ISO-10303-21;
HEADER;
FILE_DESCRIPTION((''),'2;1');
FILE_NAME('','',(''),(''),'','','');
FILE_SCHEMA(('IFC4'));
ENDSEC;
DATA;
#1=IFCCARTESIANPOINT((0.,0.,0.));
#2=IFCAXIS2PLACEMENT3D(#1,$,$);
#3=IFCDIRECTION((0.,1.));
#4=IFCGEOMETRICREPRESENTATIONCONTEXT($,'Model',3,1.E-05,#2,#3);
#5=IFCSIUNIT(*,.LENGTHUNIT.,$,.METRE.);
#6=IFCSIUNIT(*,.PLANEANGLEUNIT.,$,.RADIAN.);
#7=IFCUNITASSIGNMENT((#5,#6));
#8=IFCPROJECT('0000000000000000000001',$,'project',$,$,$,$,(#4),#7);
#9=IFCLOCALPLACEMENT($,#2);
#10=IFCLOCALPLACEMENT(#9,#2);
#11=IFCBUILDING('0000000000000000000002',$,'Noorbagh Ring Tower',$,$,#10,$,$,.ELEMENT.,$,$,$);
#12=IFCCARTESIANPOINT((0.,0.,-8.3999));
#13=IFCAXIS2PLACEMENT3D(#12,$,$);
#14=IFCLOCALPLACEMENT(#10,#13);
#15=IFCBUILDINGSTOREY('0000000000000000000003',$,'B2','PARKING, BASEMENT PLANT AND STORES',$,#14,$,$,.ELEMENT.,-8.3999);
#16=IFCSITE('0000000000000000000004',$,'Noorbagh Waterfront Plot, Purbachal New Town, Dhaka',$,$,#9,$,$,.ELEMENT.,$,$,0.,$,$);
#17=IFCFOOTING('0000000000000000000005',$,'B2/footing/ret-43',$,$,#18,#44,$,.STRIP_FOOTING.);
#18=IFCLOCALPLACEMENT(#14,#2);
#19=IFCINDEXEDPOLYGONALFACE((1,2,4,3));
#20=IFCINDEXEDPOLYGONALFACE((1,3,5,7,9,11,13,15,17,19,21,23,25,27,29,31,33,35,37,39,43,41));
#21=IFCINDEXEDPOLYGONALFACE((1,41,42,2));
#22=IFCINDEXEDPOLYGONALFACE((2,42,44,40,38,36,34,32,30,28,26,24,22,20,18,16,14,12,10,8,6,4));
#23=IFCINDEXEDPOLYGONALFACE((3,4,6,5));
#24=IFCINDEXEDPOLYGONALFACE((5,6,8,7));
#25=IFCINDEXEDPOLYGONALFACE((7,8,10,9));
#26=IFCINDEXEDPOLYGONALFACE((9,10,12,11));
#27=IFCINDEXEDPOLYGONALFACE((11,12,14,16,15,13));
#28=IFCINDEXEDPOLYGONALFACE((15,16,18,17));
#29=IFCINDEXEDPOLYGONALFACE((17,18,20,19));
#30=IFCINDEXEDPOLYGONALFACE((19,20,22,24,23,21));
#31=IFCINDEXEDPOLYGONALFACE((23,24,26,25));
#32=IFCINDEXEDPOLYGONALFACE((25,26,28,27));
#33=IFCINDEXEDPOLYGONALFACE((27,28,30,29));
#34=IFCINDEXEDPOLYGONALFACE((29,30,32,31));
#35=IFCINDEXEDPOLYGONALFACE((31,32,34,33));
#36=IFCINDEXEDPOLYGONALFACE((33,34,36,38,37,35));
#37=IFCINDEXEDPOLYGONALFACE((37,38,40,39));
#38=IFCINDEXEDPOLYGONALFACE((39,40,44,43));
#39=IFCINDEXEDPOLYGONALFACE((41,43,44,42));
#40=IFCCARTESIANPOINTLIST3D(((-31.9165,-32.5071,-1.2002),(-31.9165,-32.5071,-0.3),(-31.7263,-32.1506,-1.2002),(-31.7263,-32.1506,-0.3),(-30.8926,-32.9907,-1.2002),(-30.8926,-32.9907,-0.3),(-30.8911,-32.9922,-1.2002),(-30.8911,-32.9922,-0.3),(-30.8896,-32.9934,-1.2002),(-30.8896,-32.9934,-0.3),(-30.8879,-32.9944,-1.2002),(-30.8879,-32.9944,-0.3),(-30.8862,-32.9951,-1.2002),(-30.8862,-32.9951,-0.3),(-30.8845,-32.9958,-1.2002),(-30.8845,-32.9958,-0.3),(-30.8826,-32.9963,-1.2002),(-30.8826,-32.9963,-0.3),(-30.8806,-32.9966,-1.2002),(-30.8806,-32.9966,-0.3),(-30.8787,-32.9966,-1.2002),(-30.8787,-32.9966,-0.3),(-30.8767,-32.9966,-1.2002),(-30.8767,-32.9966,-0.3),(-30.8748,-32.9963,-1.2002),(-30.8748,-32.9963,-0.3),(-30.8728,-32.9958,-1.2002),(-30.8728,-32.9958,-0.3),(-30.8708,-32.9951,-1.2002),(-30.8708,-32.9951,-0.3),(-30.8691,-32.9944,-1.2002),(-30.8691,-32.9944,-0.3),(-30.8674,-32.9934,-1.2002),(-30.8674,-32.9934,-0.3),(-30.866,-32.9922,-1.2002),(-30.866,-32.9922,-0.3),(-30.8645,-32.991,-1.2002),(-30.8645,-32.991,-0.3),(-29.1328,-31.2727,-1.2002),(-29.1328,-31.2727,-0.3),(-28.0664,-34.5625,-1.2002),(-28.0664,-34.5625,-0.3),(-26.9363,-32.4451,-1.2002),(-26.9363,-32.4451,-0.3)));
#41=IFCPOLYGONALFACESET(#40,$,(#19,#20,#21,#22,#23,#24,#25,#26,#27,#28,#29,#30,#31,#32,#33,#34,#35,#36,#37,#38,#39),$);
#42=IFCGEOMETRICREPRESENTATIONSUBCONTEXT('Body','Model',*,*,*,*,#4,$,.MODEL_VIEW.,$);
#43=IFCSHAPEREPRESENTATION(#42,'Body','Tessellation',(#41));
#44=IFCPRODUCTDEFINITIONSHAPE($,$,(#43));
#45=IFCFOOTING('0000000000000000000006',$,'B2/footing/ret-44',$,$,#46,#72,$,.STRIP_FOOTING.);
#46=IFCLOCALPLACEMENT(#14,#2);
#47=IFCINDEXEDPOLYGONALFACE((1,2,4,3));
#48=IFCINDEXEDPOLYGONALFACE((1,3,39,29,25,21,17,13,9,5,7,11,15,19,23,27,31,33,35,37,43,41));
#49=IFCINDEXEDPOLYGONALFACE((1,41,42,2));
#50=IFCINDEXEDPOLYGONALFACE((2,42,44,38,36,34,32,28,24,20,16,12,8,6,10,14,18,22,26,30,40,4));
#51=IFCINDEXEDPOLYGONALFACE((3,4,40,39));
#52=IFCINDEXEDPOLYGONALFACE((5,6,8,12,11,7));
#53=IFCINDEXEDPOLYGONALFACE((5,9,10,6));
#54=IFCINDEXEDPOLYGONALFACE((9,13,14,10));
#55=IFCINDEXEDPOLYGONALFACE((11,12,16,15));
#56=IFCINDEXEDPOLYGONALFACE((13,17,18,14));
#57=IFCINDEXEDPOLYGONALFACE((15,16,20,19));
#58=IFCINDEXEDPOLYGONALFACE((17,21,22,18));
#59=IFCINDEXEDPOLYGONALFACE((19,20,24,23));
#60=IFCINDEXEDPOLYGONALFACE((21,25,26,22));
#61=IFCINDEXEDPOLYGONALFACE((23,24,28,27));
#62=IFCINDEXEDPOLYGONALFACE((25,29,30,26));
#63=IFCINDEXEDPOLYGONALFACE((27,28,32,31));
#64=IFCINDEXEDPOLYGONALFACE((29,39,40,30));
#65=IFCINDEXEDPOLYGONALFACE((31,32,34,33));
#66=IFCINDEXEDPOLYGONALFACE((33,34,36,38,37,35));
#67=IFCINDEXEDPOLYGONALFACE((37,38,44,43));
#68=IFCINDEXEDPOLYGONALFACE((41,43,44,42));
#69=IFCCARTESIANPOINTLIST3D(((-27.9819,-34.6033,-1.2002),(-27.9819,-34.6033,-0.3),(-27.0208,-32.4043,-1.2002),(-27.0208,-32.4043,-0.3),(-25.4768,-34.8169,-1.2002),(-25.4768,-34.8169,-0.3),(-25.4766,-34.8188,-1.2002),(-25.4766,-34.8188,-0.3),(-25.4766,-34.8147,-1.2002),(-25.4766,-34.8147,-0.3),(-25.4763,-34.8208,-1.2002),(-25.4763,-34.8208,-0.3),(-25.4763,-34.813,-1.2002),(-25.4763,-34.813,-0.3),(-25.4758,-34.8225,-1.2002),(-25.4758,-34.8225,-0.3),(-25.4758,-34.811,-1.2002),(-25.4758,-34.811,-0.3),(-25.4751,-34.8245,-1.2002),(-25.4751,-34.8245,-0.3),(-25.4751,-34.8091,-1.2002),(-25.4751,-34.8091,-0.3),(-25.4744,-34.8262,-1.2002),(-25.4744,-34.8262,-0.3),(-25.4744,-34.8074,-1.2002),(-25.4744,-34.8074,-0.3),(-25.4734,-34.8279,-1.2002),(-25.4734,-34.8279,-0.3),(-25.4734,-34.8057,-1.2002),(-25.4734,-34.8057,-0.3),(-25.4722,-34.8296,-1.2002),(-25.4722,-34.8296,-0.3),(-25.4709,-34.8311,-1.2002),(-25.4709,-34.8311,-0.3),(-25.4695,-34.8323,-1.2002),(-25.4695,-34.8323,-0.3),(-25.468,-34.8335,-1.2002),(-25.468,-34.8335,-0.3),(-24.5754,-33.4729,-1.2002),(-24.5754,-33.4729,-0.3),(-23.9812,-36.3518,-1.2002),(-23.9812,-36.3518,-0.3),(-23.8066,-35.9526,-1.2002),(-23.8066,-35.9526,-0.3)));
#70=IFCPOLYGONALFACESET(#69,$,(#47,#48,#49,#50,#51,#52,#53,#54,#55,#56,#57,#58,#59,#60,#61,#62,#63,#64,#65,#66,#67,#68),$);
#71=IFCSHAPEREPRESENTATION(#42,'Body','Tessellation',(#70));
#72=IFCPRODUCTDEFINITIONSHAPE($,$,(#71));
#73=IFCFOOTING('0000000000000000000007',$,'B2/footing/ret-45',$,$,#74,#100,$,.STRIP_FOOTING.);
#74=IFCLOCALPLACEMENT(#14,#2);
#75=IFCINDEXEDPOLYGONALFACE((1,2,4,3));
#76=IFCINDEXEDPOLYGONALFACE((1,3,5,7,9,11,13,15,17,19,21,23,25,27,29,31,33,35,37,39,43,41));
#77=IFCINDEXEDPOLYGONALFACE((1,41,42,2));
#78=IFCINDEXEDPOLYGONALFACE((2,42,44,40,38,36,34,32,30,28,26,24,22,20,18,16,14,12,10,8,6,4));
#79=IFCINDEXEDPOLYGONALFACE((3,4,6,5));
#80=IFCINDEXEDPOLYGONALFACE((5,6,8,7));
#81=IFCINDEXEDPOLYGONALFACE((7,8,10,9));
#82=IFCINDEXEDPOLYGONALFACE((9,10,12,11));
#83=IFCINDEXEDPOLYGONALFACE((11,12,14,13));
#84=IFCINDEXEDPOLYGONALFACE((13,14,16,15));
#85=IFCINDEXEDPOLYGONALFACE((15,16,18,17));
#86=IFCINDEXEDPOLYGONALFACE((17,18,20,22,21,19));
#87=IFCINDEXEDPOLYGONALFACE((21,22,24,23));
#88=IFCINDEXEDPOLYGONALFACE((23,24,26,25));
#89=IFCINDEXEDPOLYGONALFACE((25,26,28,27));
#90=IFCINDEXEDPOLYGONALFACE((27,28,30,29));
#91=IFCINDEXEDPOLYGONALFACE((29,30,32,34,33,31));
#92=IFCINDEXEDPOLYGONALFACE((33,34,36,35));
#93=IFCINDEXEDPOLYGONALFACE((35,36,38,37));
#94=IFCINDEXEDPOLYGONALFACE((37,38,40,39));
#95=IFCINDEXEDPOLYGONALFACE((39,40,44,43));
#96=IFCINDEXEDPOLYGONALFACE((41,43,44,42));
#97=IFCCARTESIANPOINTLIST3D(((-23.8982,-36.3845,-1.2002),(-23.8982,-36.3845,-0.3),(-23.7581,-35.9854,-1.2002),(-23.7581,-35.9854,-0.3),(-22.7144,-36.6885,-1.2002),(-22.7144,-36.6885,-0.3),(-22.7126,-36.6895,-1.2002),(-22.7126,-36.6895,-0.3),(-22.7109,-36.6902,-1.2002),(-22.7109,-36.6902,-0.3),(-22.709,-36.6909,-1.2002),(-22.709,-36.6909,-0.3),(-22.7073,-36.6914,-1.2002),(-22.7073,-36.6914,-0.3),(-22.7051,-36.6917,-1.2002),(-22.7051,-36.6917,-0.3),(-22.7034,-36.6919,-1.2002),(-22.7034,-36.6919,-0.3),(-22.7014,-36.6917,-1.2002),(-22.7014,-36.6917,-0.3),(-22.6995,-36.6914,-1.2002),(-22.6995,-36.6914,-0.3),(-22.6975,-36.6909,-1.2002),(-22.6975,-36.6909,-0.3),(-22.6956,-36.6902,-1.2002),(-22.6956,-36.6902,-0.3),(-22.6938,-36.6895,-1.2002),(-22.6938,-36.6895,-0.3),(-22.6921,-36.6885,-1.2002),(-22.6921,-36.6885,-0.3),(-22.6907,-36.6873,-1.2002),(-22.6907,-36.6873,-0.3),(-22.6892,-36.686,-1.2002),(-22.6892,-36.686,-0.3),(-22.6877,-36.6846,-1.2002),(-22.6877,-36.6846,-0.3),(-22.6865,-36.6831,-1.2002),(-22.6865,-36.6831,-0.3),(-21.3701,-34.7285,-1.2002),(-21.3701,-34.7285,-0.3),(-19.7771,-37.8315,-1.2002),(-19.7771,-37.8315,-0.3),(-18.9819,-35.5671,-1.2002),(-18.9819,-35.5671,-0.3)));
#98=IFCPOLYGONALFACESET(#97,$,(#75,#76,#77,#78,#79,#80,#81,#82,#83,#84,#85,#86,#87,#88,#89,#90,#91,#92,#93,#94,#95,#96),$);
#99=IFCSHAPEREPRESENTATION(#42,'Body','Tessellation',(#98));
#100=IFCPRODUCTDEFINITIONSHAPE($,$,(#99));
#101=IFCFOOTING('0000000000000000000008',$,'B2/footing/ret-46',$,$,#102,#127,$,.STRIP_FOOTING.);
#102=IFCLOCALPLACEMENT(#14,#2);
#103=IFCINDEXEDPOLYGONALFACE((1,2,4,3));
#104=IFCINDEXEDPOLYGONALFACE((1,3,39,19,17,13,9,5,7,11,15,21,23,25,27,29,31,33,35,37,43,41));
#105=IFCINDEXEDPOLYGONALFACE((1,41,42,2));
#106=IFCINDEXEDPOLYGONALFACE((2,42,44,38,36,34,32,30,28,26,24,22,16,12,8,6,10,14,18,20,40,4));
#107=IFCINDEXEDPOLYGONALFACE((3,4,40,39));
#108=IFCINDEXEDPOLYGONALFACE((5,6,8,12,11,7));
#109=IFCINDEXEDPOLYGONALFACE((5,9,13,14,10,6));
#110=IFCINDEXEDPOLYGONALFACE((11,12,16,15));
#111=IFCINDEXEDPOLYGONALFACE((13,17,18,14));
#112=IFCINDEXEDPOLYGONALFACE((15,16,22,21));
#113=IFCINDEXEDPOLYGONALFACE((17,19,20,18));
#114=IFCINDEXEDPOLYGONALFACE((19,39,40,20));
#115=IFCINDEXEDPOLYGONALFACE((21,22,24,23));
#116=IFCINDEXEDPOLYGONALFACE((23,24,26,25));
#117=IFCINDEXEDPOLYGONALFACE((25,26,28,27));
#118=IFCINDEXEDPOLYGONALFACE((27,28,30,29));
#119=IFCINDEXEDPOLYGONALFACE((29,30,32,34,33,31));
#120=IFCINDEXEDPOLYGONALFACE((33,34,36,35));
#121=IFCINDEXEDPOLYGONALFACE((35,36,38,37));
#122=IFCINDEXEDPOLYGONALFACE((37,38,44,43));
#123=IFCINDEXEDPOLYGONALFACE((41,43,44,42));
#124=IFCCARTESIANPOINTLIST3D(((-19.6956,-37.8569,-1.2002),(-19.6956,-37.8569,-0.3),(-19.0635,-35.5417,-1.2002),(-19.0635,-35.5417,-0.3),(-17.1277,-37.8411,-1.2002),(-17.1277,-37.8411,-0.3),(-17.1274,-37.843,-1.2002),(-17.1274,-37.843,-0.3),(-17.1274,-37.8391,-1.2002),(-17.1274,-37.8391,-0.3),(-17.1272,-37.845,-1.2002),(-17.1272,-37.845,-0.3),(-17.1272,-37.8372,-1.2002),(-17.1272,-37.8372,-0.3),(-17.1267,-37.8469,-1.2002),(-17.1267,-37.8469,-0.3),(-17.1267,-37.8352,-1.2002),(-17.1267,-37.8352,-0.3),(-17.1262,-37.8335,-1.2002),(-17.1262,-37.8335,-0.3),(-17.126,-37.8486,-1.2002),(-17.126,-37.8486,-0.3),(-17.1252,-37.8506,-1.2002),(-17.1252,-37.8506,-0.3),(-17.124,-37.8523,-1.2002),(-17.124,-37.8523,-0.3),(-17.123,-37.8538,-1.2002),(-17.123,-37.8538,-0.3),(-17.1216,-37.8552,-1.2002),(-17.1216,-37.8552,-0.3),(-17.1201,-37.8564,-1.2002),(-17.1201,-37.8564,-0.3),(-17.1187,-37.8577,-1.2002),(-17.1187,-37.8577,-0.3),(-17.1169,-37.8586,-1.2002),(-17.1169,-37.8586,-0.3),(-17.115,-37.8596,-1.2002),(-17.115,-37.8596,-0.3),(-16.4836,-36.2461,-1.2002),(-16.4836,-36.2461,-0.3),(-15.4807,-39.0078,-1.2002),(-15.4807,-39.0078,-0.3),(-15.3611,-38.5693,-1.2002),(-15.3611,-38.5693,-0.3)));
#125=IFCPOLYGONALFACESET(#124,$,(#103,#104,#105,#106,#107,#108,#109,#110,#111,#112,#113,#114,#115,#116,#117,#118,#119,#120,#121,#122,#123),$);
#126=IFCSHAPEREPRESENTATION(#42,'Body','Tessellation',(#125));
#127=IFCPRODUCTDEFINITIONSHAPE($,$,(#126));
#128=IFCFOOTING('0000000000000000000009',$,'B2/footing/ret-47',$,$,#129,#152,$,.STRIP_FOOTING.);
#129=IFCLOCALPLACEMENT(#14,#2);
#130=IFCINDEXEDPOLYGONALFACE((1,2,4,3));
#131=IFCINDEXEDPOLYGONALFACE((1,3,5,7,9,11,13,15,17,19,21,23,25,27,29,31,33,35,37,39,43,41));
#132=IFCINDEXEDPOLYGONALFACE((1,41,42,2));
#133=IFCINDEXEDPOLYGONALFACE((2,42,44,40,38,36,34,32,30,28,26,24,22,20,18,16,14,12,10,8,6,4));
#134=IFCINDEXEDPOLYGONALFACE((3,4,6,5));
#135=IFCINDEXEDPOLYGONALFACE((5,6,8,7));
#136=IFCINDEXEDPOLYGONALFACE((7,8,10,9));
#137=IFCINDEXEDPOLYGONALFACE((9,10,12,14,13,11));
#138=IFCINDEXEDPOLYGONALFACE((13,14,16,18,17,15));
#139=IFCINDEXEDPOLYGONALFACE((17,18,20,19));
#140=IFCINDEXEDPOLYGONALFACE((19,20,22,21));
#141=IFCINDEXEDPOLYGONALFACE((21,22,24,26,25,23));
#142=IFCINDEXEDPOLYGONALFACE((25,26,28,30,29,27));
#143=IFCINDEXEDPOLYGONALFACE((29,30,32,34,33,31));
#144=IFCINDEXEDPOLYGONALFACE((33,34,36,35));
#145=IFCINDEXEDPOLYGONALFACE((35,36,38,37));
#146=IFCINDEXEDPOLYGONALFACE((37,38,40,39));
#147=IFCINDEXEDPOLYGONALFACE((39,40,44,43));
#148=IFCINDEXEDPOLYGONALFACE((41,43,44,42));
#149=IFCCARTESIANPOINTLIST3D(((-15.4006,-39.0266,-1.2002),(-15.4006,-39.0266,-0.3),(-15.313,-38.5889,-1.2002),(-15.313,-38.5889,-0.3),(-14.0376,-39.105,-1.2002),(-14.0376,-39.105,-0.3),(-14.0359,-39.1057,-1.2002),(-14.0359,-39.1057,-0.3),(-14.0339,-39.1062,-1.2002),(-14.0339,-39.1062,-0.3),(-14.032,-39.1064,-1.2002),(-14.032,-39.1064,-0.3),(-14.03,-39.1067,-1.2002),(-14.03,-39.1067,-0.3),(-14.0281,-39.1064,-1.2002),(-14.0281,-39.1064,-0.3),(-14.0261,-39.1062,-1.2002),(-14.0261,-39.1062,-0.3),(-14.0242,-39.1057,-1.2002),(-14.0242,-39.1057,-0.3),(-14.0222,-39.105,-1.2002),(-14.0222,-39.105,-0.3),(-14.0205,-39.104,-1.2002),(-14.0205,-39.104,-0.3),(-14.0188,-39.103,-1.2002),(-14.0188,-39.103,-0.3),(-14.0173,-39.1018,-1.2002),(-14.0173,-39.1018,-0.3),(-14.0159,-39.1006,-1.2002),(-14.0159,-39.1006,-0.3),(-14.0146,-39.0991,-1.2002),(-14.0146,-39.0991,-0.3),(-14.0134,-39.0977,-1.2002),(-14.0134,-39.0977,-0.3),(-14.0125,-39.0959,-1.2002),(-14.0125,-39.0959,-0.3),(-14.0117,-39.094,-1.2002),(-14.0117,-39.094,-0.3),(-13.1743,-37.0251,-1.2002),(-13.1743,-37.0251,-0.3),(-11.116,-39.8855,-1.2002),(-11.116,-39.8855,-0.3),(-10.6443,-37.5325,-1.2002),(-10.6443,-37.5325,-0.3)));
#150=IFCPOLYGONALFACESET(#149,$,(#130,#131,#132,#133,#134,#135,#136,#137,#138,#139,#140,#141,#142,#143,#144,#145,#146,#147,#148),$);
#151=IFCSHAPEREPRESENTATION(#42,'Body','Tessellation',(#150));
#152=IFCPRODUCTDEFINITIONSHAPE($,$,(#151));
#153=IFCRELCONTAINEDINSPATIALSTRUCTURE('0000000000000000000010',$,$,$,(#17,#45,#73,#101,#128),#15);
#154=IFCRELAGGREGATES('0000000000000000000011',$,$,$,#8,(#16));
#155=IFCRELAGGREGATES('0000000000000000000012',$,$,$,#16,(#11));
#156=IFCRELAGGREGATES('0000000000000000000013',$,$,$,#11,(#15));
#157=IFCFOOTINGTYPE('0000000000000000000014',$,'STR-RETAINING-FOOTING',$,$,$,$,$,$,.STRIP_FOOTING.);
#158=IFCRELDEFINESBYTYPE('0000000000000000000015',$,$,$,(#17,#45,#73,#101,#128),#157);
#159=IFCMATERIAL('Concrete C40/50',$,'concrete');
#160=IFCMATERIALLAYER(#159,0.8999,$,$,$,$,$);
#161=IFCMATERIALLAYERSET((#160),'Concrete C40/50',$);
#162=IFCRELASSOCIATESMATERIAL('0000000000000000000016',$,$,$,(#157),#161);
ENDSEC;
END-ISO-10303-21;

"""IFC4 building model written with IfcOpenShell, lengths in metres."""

from ifc_helpers import new_model, si_unit, direction, frame, origin, place, context, subcontext, project, spatial, polyline, outline, extrude, material, layer, layer_set, type_object, element, save


model = new_model("IFC4")

# Units and contexts
model_context = context("Model", 3, precision=1e-05, world=origin(), true_north=direction((0.0, 1.0)))
body_context = subcontext(model_context, "Body", "Model", "MODEL_VIEW")
ifc_project = project(units=[si_unit("LENGTHUNIT", "METRE"), si_unit("PLANEANGLEUNIT", "RADIAN")], contexts=[model_context])

# Site, building, storey
site_placement = place(None, origin())
site = spatial("IfcSite", under=ifc_project, at=site_placement, Name="Noorbagh Waterfront Plot, Purbachal New Town, Dhaka", CompositionType="ELEMENT", RefElevation=0.0)
building_placement = place(site_placement, origin())
building = spatial("IfcBuilding", under=site, at=building_placement, Name="Noorbagh Ring Tower", CompositionType="ELEMENT")
storey_placement = place(building_placement, frame((0.0, 0.0, -8.3999)))
storey = spatial("IfcBuildingStorey", under=building, at=storey_placement, Name="B2", Description="PARKING, BASEMENT PLANT AND STORES", CompositionType="ELEMENT", Elevation=-8.3999)

# Footings
ifc_material_1 = material(Name="Concrete C40/50", Category="concrete")
ifc_layer_1 = layer(ifc_material_1, 0.8999)
ifc_layer_set_1 = layer_set([ifc_layer_1], Name="Concrete C40/50")
footing_type = type_object("IfcFootingType", Name="STR-RETAINING-FOOTING", PredefinedType="STRIP_FOOTING", material=ifc_layer_set_1)
footing_1_placement = place(storey_placement, frame((0.0, 0.0, -1.2002)))
element("IfcFooting", 1, at=footing_1_placement, inside=storey, type_object=footing_type, Name="B2/footing/ret-43", PredefinedType="STRIP_FOOTING", context=body_context, shape_type="SweptSolid", body=[
    extrude(outline(polyline([(-28.0664, -34.5625), (-31.9165, -32.5071), (-31.7263, -32.1506), (-30.8926, -32.9907), (-30.8911, -32.9922), (-30.8896, -32.9934), (-30.8879, -32.9944), (-30.8862, -32.9951), (-30.8845, -32.9958), (-30.8826, -32.9963), (-30.8806, -32.9966), (-30.8787, -32.9966), (-30.8767, -32.9966), (-30.8748, -32.9963), (-30.8728, -32.9958), (-30.8708, -32.9951), (-30.8691, -32.9944), (-30.8674, -32.9934), (-30.866, -32.9922), (-30.8645, -32.991), (-29.1328, -31.2727), (-26.9363, -32.4451), (-28.0664, -34.5625)])), origin(), (0.0, 0.0, 1.0), 0.9001),
])
footing_2_placement = place(storey_placement, frame((0.0, 0.0, -1.2002)))
element("IfcFooting", 2, at=footing_2_placement, inside=storey, type_object=footing_type, Name="B2/footing/ret-44", PredefinedType="STRIP_FOOTING", context=body_context, shape_type="SweptSolid", body=[
    extrude(outline(polyline([(-23.9812, -36.3518), (-27.9819, -34.6033), (-27.0208, -32.4043), (-24.5754, -33.4729), (-25.4734, -34.8057), (-25.4744, -34.8074), (-25.4751, -34.8091), (-25.4758, -34.811), (-25.4763, -34.813), (-25.4766, -34.8147), (-25.4768, -34.8169), (-25.4766, -34.8188), (-25.4763, -34.8208), (-25.4758, -34.8225), (-25.4751, -34.8245), (-25.4744, -34.8262), (-25.4734, -34.8279), (-25.4722, -34.8296), (-25.4709, -34.8311), (-25.4695, -34.8323), (-25.468, -34.8335), (-23.8066, -35.9526), (-23.9812, -36.3518)])), origin(), (0.0, 0.0, 1.0), 0.9001),
])
footing_3_placement = place(storey_placement, frame((0.0, 0.0, -1.2002)))
element("IfcFooting", 3, at=footing_3_placement, inside=storey, type_object=footing_type, Name="B2/footing/ret-45", PredefinedType="STRIP_FOOTING", context=body_context, shape_type="SweptSolid", body=[
    extrude(outline(polyline([(-19.7771, -37.8315), (-23.8982, -36.3845), (-23.7581, -35.9854), (-22.7144, -36.6885), (-22.7126, -36.6895), (-22.7109, -36.6902), (-22.709, -36.6909), (-22.7073, -36.6914), (-22.7051, -36.6917), (-22.7034, -36.6919), (-22.7014, -36.6917), (-22.6995, -36.6914), (-22.6975, -36.6909), (-22.6956, -36.6902), (-22.6938, -36.6895), (-22.6921, -36.6885), (-22.6907, -36.6873), (-22.6892, -36.686), (-22.6877, -36.6846), (-22.6865, -36.6831), (-21.3701, -34.7285), (-18.9819, -35.5671), (-19.7771, -37.8315)])), origin(), (0.0, 0.0, 1.0), 0.9001),
])
footing_4_placement = place(storey_placement, frame((0.0, 0.0, -1.2002)))
element("IfcFooting", 4, at=footing_4_placement, inside=storey, type_object=footing_type, Name="B2/footing/ret-46", PredefinedType="STRIP_FOOTING", context=body_context, shape_type="SweptSolid", body=[
    extrude(outline(polyline([(-15.4807, -39.0078), (-19.6956, -37.8569), (-19.0635, -35.5417), (-16.4836, -36.2461), (-17.1262, -37.8335), (-17.1267, -37.8352), (-17.1272, -37.8372), (-17.1274, -37.8391), (-17.1277, -37.8411), (-17.1274, -37.843), (-17.1272, -37.845), (-17.1267, -37.8469), (-17.126, -37.8486), (-17.1252, -37.8506), (-17.124, -37.8523), (-17.123, -37.8538), (-17.1216, -37.8552), (-17.1201, -37.8564), (-17.1187, -37.8577), (-17.1169, -37.8586), (-17.115, -37.8596), (-15.3611, -38.5693), (-15.4807, -39.0078)])), origin(), (0.0, 0.0, 1.0), 0.9001),
])
footing_5_placement = place(storey_placement, frame((0.0, 0.0, -1.2002)))
element("IfcFooting", 5, at=footing_5_placement, inside=storey, type_object=footing_type, Name="B2/footing/ret-47", PredefinedType="STRIP_FOOTING", context=body_context, shape_type="SweptSolid", body=[
    extrude(outline(polyline([(-11.116, -39.8855), (-15.4006, -39.0266), (-15.313, -38.5889), (-14.0376, -39.105), (-14.0359, -39.1057), (-14.0339, -39.1062), (-14.032, -39.1064), (-14.03, -39.1067), (-14.0281, -39.1064), (-14.0261, -39.1062), (-14.0242, -39.1057), (-14.0222, -39.105), (-14.0205, -39.104), (-14.0188, -39.103), (-14.0173, -39.1018), (-14.0159, -39.1006), (-14.0146, -39.0991), (-14.0134, -39.0977), (-14.0125, -39.0959), (-14.0117, -39.094), (-13.1743, -37.0251), (-10.6443, -37.5325), (-11.116, -39.8855)])), origin(), (0.0, 0.0, 1.0), 0.9001),
])

save(model, "model.ifc")
